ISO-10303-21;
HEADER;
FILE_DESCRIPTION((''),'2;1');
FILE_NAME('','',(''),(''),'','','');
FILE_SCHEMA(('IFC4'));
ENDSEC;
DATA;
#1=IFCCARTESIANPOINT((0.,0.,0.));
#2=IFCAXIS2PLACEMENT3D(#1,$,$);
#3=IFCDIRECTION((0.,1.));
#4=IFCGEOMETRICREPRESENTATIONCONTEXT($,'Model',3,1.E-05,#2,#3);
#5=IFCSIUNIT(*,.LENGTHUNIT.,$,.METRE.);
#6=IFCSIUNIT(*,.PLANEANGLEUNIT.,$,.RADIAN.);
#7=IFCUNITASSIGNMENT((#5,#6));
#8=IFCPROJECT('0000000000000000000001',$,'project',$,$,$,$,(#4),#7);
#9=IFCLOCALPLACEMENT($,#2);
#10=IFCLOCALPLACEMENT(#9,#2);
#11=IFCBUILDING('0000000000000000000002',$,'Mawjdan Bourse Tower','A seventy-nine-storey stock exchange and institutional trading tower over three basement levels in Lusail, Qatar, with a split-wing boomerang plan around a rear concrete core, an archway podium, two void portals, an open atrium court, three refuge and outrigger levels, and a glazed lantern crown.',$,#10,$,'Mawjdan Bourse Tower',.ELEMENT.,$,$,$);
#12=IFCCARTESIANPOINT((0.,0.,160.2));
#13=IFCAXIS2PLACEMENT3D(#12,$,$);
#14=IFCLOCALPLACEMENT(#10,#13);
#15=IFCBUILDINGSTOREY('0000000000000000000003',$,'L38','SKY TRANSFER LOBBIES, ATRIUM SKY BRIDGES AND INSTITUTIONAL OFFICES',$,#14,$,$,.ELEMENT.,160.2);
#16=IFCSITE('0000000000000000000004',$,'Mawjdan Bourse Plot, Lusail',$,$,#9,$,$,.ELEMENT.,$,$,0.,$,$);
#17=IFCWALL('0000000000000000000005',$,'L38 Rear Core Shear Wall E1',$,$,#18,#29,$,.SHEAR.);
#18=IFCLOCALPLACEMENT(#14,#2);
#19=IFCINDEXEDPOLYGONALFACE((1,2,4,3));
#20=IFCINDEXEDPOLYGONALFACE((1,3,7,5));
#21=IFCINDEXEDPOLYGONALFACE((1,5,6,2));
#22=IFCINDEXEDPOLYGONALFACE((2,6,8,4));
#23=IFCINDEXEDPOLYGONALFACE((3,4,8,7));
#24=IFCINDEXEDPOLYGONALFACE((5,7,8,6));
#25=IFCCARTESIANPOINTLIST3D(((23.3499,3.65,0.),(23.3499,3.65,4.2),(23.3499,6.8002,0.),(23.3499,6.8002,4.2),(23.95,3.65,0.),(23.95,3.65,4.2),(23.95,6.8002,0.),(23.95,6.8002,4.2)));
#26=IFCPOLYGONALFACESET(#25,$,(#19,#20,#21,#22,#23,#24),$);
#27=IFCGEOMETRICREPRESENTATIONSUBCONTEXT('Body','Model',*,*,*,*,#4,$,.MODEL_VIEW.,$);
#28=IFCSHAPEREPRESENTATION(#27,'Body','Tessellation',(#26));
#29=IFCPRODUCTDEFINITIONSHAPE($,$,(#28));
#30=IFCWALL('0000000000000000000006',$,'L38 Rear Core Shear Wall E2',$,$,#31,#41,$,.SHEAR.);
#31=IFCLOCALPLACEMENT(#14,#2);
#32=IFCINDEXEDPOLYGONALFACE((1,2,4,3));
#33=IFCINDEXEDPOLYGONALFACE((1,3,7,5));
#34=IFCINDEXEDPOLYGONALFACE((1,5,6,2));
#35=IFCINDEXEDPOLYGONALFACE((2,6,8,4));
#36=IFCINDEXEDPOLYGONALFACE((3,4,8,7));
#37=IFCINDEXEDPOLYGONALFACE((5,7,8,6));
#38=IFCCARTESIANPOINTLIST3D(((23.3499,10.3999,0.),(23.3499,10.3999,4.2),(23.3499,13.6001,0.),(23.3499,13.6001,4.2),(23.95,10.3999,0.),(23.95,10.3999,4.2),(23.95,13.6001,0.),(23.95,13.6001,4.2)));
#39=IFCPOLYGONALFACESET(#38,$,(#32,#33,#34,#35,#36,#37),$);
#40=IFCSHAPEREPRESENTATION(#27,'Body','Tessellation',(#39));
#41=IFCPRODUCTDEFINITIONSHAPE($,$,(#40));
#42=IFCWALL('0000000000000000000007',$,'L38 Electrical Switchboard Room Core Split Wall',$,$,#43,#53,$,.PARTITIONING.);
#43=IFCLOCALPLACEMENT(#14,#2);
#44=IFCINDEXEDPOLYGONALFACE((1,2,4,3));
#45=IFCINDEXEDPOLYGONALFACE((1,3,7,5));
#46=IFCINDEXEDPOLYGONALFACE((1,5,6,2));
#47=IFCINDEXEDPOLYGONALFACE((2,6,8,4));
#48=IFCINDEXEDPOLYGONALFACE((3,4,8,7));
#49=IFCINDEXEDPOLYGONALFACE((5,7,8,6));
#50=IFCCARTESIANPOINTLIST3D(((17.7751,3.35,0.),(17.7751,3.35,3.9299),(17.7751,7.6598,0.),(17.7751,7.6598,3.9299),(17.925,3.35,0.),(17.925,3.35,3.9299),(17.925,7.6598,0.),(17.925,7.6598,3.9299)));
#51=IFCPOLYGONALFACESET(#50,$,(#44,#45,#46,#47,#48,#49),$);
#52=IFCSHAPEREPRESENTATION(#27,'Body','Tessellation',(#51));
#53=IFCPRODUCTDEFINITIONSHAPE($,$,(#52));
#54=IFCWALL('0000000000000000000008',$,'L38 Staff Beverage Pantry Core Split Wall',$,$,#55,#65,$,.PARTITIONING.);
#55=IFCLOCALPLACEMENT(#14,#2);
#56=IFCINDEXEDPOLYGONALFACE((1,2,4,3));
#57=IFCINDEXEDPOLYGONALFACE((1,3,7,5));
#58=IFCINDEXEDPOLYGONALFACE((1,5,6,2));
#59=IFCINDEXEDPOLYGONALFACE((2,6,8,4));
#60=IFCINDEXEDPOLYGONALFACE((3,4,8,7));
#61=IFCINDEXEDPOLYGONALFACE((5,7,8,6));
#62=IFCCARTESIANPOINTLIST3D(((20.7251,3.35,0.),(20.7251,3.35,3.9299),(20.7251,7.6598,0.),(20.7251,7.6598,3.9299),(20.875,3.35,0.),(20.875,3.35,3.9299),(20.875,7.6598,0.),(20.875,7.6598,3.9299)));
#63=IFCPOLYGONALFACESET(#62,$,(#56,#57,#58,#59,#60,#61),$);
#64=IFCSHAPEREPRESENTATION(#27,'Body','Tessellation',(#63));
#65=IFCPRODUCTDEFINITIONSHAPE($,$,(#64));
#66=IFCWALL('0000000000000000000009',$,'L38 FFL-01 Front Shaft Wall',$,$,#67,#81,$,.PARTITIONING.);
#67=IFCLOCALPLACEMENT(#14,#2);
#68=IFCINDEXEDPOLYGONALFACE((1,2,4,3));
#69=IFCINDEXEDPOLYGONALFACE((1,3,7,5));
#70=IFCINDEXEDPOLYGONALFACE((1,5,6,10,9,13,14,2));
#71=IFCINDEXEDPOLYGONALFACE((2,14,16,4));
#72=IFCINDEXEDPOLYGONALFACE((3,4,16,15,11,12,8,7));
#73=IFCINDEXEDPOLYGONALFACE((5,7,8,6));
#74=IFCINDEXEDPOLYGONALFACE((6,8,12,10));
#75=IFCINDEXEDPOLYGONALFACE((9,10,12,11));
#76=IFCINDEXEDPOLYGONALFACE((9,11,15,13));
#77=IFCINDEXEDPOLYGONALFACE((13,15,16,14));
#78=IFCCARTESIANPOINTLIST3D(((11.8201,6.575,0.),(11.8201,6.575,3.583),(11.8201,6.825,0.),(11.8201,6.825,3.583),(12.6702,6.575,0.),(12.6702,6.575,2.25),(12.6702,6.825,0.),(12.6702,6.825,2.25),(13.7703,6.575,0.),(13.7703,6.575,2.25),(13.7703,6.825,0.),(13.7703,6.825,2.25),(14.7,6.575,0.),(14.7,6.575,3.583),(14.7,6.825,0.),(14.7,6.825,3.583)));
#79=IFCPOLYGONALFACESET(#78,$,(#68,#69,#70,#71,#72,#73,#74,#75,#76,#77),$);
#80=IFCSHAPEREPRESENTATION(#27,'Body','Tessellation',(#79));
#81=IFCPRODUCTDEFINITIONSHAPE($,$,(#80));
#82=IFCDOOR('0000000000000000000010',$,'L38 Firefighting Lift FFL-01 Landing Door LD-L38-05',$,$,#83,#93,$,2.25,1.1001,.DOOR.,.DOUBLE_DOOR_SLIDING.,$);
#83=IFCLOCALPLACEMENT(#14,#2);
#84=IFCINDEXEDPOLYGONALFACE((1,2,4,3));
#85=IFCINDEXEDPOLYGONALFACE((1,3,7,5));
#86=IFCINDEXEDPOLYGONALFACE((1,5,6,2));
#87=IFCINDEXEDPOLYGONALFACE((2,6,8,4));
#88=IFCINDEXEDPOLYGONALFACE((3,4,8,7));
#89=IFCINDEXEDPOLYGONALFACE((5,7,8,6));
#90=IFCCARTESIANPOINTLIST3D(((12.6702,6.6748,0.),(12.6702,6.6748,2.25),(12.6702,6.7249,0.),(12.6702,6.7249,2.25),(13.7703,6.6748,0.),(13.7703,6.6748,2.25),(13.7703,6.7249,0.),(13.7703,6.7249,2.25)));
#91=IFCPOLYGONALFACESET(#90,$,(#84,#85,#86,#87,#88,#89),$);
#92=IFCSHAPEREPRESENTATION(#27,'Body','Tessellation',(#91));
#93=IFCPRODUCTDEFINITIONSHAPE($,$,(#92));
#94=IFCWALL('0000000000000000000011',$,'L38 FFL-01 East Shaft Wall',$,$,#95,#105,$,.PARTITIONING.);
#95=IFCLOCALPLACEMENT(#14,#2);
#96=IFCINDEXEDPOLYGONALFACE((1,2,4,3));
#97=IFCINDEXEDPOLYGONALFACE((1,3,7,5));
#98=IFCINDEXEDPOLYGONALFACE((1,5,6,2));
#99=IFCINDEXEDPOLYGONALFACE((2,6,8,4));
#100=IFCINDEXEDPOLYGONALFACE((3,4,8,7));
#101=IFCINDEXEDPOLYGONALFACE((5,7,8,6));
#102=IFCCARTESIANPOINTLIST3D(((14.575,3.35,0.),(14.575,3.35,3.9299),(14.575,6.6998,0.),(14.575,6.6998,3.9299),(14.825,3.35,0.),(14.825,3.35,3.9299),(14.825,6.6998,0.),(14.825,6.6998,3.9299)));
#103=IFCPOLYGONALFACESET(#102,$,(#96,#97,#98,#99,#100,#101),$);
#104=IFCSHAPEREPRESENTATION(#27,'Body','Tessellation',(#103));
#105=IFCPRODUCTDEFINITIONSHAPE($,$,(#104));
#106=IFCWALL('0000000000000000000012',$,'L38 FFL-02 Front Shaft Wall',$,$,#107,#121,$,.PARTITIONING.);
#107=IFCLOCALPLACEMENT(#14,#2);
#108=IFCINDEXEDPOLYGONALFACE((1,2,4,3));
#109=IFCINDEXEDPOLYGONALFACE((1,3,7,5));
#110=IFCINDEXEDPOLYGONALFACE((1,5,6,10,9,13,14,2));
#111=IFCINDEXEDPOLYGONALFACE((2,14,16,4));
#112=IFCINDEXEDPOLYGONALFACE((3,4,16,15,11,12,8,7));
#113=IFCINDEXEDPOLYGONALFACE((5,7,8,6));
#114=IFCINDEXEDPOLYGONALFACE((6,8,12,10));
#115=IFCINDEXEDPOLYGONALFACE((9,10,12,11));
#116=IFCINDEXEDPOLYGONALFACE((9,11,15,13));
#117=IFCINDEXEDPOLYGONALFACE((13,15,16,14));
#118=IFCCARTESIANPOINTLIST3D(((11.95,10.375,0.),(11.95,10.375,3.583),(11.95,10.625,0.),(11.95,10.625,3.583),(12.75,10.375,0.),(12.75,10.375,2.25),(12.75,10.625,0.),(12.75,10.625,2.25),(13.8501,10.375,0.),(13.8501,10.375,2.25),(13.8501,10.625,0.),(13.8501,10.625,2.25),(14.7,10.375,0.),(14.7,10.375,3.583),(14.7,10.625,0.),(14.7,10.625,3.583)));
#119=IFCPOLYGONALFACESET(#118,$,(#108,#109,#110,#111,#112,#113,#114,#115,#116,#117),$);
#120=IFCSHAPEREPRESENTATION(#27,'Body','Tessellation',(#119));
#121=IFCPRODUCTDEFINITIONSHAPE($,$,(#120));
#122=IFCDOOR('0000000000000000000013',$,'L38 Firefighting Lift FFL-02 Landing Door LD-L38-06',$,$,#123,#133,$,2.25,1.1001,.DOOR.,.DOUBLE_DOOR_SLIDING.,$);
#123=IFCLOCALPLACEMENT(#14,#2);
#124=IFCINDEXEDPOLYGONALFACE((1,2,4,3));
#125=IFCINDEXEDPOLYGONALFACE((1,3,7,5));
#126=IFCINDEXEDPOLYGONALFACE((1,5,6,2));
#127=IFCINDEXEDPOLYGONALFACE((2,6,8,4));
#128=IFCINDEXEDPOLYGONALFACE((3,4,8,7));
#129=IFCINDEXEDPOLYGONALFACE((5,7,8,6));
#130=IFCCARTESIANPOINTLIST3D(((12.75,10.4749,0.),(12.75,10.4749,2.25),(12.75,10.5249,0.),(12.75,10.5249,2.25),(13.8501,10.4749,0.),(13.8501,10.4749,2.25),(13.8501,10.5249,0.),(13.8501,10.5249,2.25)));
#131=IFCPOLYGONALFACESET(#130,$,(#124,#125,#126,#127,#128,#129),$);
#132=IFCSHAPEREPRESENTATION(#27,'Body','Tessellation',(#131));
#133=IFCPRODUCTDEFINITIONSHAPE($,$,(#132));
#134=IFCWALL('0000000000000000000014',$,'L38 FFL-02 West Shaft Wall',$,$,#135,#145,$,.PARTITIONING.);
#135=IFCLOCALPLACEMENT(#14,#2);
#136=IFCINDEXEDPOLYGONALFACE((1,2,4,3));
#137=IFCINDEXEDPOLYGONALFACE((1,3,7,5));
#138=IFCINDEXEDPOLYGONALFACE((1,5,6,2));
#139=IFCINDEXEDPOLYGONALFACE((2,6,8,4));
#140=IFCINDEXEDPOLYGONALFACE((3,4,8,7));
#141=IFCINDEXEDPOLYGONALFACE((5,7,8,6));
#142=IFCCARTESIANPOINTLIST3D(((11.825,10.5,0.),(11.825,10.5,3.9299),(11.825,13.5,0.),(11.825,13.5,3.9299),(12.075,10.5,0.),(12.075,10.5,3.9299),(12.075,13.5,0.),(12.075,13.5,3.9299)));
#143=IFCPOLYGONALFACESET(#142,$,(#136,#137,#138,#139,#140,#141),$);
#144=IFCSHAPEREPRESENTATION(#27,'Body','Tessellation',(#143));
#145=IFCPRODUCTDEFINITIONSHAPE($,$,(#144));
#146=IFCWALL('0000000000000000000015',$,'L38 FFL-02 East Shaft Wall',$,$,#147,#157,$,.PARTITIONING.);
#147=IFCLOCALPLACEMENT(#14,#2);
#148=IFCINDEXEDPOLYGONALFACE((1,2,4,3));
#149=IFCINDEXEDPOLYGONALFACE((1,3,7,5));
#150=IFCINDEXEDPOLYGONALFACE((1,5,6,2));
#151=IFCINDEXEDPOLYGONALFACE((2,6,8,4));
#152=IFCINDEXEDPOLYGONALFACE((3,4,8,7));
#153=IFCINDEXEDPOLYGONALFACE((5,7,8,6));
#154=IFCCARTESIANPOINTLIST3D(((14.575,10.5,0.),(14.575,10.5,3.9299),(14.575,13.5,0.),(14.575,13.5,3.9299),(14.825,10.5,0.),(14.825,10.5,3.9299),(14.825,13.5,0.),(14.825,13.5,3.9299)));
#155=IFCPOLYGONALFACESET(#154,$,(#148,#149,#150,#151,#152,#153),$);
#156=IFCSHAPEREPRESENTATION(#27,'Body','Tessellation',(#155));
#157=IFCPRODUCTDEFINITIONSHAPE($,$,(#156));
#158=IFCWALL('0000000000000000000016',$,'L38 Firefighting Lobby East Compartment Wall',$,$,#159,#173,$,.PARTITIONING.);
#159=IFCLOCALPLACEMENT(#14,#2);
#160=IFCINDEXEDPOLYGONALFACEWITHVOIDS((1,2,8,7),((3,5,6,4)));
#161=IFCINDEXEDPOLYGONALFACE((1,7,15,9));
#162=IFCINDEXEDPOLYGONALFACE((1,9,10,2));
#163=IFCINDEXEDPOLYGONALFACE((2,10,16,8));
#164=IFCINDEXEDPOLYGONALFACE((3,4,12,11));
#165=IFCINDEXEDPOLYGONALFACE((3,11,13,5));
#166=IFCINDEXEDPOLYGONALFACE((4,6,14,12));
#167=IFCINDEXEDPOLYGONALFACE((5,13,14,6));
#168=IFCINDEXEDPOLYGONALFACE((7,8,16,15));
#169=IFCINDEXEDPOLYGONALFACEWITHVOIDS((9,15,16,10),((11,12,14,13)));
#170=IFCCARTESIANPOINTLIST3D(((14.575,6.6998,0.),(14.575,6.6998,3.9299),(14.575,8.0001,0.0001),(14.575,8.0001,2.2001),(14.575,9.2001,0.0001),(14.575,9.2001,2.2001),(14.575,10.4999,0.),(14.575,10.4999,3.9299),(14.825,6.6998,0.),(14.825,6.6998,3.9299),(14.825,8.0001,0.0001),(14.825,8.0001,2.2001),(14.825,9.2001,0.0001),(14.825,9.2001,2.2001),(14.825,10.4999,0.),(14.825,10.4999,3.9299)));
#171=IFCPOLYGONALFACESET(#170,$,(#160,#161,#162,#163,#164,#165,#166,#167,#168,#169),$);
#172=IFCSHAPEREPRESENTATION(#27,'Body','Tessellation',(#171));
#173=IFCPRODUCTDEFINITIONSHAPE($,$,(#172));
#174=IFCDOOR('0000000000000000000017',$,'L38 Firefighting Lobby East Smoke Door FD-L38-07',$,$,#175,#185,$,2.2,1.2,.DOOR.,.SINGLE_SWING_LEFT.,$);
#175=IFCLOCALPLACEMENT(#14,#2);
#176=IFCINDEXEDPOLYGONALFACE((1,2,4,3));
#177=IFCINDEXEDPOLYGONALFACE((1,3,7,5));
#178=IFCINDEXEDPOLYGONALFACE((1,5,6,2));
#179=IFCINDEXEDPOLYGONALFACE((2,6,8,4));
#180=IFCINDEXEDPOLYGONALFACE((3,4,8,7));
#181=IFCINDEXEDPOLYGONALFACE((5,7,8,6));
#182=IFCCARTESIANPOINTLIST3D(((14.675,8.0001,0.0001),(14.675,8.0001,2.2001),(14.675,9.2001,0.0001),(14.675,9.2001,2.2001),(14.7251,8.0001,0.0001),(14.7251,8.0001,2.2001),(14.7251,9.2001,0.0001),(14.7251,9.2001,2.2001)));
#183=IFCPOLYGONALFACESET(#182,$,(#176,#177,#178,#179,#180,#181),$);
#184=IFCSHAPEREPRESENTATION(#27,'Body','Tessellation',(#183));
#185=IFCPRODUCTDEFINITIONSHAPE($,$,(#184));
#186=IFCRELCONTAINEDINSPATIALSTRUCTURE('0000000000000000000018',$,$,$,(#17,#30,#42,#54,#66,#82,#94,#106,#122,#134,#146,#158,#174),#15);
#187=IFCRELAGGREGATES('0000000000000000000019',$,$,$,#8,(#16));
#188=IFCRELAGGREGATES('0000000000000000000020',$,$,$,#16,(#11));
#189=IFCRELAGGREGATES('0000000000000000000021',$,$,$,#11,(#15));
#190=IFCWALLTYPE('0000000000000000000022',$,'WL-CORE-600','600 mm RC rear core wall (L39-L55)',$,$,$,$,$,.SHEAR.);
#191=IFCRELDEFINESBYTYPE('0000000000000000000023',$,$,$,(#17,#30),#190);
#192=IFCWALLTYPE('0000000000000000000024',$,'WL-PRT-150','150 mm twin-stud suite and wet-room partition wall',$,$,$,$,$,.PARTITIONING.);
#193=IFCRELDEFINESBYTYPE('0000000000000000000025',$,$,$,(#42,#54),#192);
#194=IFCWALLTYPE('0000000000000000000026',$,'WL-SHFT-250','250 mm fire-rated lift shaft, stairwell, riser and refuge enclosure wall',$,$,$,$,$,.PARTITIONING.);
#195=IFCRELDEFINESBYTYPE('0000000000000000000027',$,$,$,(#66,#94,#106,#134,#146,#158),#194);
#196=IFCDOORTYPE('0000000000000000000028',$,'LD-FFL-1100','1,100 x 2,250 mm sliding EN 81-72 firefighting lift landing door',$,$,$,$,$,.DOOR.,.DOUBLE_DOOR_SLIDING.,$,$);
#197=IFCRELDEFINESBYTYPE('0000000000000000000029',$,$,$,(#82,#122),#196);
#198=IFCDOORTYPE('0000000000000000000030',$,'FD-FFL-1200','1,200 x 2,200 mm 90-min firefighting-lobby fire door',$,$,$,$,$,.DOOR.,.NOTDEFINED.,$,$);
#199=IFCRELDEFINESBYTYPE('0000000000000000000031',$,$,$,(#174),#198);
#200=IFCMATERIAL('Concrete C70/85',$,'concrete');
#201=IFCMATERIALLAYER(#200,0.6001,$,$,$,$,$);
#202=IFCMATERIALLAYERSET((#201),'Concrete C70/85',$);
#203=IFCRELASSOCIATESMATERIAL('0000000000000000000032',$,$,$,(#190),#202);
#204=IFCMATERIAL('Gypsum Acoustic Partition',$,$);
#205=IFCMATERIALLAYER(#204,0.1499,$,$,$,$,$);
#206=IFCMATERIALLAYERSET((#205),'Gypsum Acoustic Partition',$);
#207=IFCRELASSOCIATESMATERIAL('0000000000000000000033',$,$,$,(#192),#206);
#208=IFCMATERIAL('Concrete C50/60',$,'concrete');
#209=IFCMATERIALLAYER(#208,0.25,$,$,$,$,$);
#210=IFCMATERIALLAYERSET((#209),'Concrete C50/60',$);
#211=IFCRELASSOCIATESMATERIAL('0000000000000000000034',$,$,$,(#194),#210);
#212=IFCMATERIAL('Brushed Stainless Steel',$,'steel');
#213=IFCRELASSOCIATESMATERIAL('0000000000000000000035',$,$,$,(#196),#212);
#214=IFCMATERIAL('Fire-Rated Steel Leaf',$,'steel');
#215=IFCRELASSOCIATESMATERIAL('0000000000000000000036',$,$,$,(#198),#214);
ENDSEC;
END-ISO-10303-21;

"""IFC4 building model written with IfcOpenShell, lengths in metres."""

from ifc_helpers import new_model, si_unit, direction, frame, frame_2d, origin, place, context, subcontext, project, spatial, rectangle, extrude, material, layer, layer_set, type_object, element, fill, save


model = new_model("IFC4")

# Units and contexts
model_context = context("Model", 3, precision=1e-05, world=origin(), true_north=direction((0.0, 1.0)))
body_context = subcontext(model_context, "Body", "Model", "MODEL_VIEW")
ifc_project = project(units=[si_unit("LENGTHUNIT", "METRE"), si_unit("PLANEANGLEUNIT", "RADIAN")], contexts=[model_context])

# Site, building, storey
site_placement = place(None, origin())
site = spatial("IfcSite", under=ifc_project, at=site_placement, Name="Mawjdan Bourse Plot, Lusail", CompositionType="ELEMENT", RefElevation=0.0)
building_placement = place(site_placement, origin())
building = spatial("IfcBuilding", under=site, at=building_placement, Name="Mawjdan Bourse Tower", Description="A seventy-nine-storey stock exchange and institutional trading tower over three basement levels in Lusail, Qatar, with a split-wing boomerang plan around a rear concrete core, an archway podium, two void portals, an open atrium court, three refuge and outrigger levels, and a glazed lantern crown.", LongName="Mawjdan Bourse Tower", CompositionType="ELEMENT")
storey_placement = place(building_placement, frame((0.0, 0.0, 160.2)))
storey = spatial("IfcBuildingStorey", under=building, at=storey_placement, Name="L38", Description="SKY TRANSFER LOBBIES, ATRIUM SKY BRIDGES AND INSTITUTIONAL OFFICES", CompositionType="ELEMENT", Elevation=160.2)

# Shared definitions
ifc_material_1 = material(Name="Concrete C70/85", Category="concrete")

# Walls
ifc_layer_1 = layer(ifc_material_1, 0.6001)
ifc_layer_set_1 = layer_set([ifc_layer_1], Name="Concrete C70/85")
wall_type_1 = type_object("IfcWallType", Name="WL-CORE-600", Description="600 mm RC rear core wall (L39-L55)", PredefinedType="SHEAR", material=ifc_layer_set_1)
wall_1_placement = place(storey_placement, frame((23.6499, 3.6499, 0.0), z_axis=(0.0, 0.0, 1.0), x_axis=(0.0, 1.0, 0.0)))
element("IfcWall", 1, at=wall_1_placement, inside=storey, type_object=wall_type_1, Name="L38 Rear Core Shear Wall E1", PredefinedType="SHEAR", context=body_context, shape_type="SweptSolid", body=[
    extrude(rectangle(XDim=3.1501, YDim=0.6001, at=frame_2d((1.5752, 0.0))), origin(), (0.0, 0.0, 1.0), 4.2),
])
wall_2_placement = place(storey_placement, frame((23.6499, 10.3999, 0.0), z_axis=(0.0, 0.0, 1.0), x_axis=(0.0, 1.0, 0.0)))
element("IfcWall", 2, at=wall_2_placement, inside=storey, type_object=wall_type_1, Name="L38 Rear Core Shear Wall E2", PredefinedType="SHEAR", context=body_context, shape_type="SweptSolid", body=[
    extrude(rectangle(XDim=3.2002, YDim=0.6001, at=frame_2d((1.6001, 0.0))), origin(), (0.0, 0.0, 1.0), 4.2),
])
ifc_material_2 = material(Name="Gypsum Acoustic Partition")
ifc_layer_2 = layer(ifc_material_2, 0.1499)
ifc_layer_set_2 = layer_set([ifc_layer_2], Name="Gypsum Acoustic Partition")
wall_type_2 = type_object("IfcWallType", Name="WL-PRT-150", Description="150 mm twin-stud suite and wet-room partition wall", PredefinedType="PARTITIONING", material=ifc_layer_set_2)
for number, where, z_axis, x_axis, name in (
    (3, (17.8501, 3.3501, 0.0), (0.0, 0.0, 1.0), (0.0, 1.0, 0.0), "L38 Electrical Switchboard Room Core Split Wall"),
    (4, (20.8, 3.3501, 0.0), (0.0, 0.0, 1.0), (0.0, 1.0, 0.0), "L38 Staff Beverage Pantry Core Split Wall"),
):
    element("IfcWall", number, at=place(storey_placement, frame(where, z_axis=z_axis, x_axis=x_axis)), inside=storey, type_object=wall_type_2, Name=name, PredefinedType="PARTITIONING", context=body_context, shape_type="SweptSolid", body=[
        extrude(rectangle(XDim=4.3098, YDim=0.1499, at=frame_2d((2.1548, 0.0))), origin(), (0.0, 0.0, 1.0), 3.9299),
    ])

# Wall, opening, door
ifc_material_3 = material(Name="Concrete C50/60", Category="concrete")
ifc_layer_3 = layer(ifc_material_3, 0.25)
ifc_layer_set_3 = layer_set([ifc_layer_3], Name="Concrete C50/60")
wall_type_3 = type_object("IfcWallType", Name="WL-SHFT-250", Description="250 mm fire-rated lift shaft, stairwell, riser and refuge enclosure wall", PredefinedType="PARTITIONING", material=ifc_layer_set_3)
wall_3_placement = place(storey_placement, frame((11.8201, 6.7, 0.0), z_axis=(0.0, 0.0, 1.0), x_axis=(1.0, 0.0, 0.0)))
wall_3 = element("IfcWall", 5, at=wall_3_placement, inside=storey, type_object=wall_type_3, Name="L38 FFL-01 Front Shaft Wall", PredefinedType="PARTITIONING", context=body_context, shape_type="SweptSolid", body=[
    extrude(rectangle(XDim=2.8799, YDim=0.25, at=frame_2d((1.4399, 0.0))), origin(), (0.0, 0.0, 1.0), 3.583),
])
opening_1_placement = place(wall_3_placement, frame((0.8501, 0.0, 0.0)))
opening_1 = element("IfcOpeningElement", 6, at=opening_1_placement, cuts=wall_3, PredefinedType="OPENING", context=body_context, shape_type="SweptSolid", body=[
    extrude(rectangle(XDim=1.1001, YDim=2.25, at=frame_2d((0.55, 1.125))), frame((0.0, 0.135, 0.0), z_axis=(0.0, -1.0, 0.0), x_axis=(1.0, 0.0, 0.0)), (0.0, 0.0, 1.0), 0.27),
])
ifc_material_4 = material(Name="Brushed Stainless Steel", Category="steel")
door_type_1 = type_object("IfcDoorType", Name="LD-FFL-1100", Description="1,100 x 2,250 mm sliding EN 81-72 firefighting lift landing door", OperationType="DOUBLE_DOOR_SLIDING", PredefinedType="DOOR", material=ifc_material_4)
door_1_placement = place(opening_1_placement, origin())
door_1 = element("IfcDoor", 7, at=door_1_placement, inside=storey, type_object=door_type_1, Name="L38 Firefighting Lift FFL-01 Landing Door LD-L38-05", OperationType="DOUBLE_DOOR_SLIDING", OverallHeight=2.25, OverallWidth=1.1001, PredefinedType="DOOR", context=body_context, shape_type="SweptSolid", body=[
    extrude(rectangle(XDim=1.1001, YDim=2.25, at=frame_2d((0.55, 1.125))), frame((0.0, 0.0249, 0.0), z_axis=(0.0, -1.0, 0.0), x_axis=(1.0, 0.0, 0.0)), (0.0, 0.0, 1.0), 0.05),
])
fill(opening_1, door_1)

# Wall
wall_4_placement = place(storey_placement, frame((14.7, 3.3501, 0.0), z_axis=(0.0, 0.0, 1.0), x_axis=(0.0, 1.0, 0.0)))
element("IfcWall", 8, at=wall_4_placement, inside=storey, type_object=wall_type_3, Name="L38 FFL-01 East Shaft Wall", PredefinedType="PARTITIONING", context=body_context, shape_type="SweptSolid", body=[
    extrude(rectangle(XDim=3.3499, YDim=0.25, at=frame_2d((1.6748, 0.0))), origin(), (0.0, 0.0, 1.0), 3.9299),
])

# Wall, opening, door
wall_5_placement = place(storey_placement, frame((11.95, 10.5, 0.0), z_axis=(0.0, 0.0, 1.0), x_axis=(1.0, 0.0, 0.0)))
wall_5 = element("IfcWall", 9, at=wall_5_placement, inside=storey, type_object=wall_type_3, Name="L38 FFL-02 Front Shaft Wall", PredefinedType="PARTITIONING", context=body_context, shape_type="SweptSolid", body=[
    extrude(rectangle(XDim=2.75, YDim=0.25, at=frame_2d((1.375, 0.0))), origin(), (0.0, 0.0, 1.0), 3.583),
])
opening_2_placement = place(wall_5_placement, frame((0.8, 0.0, 0.0)))
opening_2 = element("IfcOpeningElement", 10, at=opening_2_placement, cuts=wall_5, PredefinedType="OPENING", context=body_context, shape_type="SweptSolid", body=[
    extrude(rectangle(XDim=1.1001, YDim=2.25, at=frame_2d((0.55, 1.125))), frame((0.0, 0.135, 0.0), z_axis=(0.0, -1.0, 0.0), x_axis=(1.0, 0.0, 0.0)), (0.0, 0.0, 1.0), 0.27),
])
door_2_placement = place(opening_2_placement, origin())
door_2 = element("IfcDoor", 11, at=door_2_placement, inside=storey, type_object=door_type_1, Name="L38 Firefighting Lift FFL-02 Landing Door LD-L38-06", OperationType="DOUBLE_DOOR_SLIDING", OverallHeight=2.25, OverallWidth=1.1001, PredefinedType="DOOR", context=body_context, shape_type="SweptSolid", body=[
    extrude(rectangle(XDim=1.1001, YDim=2.25, at=frame_2d((0.55, 1.125))), frame((0.0, 0.0249, 0.0), z_axis=(0.0, -1.0, 0.0), x_axis=(1.0, 0.0, 0.0)), (0.0, 0.0, 1.0), 0.05),
])
fill(opening_2, door_2)

# Walls
for number, where, z_axis, x_axis, name in (
    (12, (11.95, 10.5, 0.0), (0.0, 0.0, 1.0), (0.0, 1.0, 0.0), "L38 FFL-02 West Shaft Wall"),
    (13, (14.7, 10.5, 0.0), (0.0, 0.0, 1.0), (0.0, 1.0, 0.0), "L38 FFL-02 East Shaft Wall"),
):
    element("IfcWall", number, at=place(storey_placement, frame(where, z_axis=z_axis, x_axis=x_axis)), inside=storey, type_object=wall_type_3, Name=name, PredefinedType="PARTITIONING", context=body_context, shape_type="SweptSolid", body=[
        extrude(rectangle(XDim=3.0, YDim=0.25, at=frame_2d((1.5, 0.0))), origin(), (0.0, 0.0, 1.0), 3.9299),
    ])

# Wall, opening, door
wall_6_placement = place(storey_placement, frame((14.7, 6.7, 0.0), z_axis=(0.0, 0.0, 1.0), x_axis=(0.0, 1.0, 0.0)))
wall_6 = element("IfcWall", 14, at=wall_6_placement, inside=storey, type_object=wall_type_3, Name="L38 Firefighting Lobby East Compartment Wall", PredefinedType="PARTITIONING", context=body_context, shape_type="SweptSolid", body=[
    extrude(rectangle(XDim=3.8, YDim=0.25, at=frame_2d((1.8999, 0.0))), origin(), (0.0, 0.0, 1.0), 3.9299),
])
opening_3_placement = place(wall_6_placement, frame((1.3, 0.0, 0.0)))
opening_3 = element("IfcOpeningElement", 15, at=opening_3_placement, cuts=wall_6, PredefinedType="OPENING", context=body_context, shape_type="SweptSolid", body=[
    extrude(rectangle(XDim=1.2, YDim=2.2, at=frame_2d((0.6001, 1.1001))), frame((0.0, 0.135, 0.0), z_axis=(0.0, -1.0, 0.0), x_axis=(1.0, 0.0, 0.0)), (0.0, 0.0, 1.0), 0.27),
])
ifc_material_5 = material(Name="Fire-Rated Steel Leaf", Category="steel")
door_type_2 = type_object("IfcDoorType", Name="FD-FFL-1200", Description="1,200 x 2,200 mm 90-min firefighting-lobby fire door", OperationType="NOTDEFINED", PredefinedType="DOOR", material=ifc_material_5)
door_3_placement = place(opening_3_placement, origin())
door_3 = element("IfcDoor", 16, at=door_3_placement, inside=storey, type_object=door_type_2, Name="L38 Firefighting Lobby East Smoke Door FD-L38-07", OperationType="SINGLE_SWING_LEFT", OverallHeight=2.2, OverallWidth=1.2, PredefinedType="DOOR", context=body_context, shape_type="SweptSolid", body=[
    extrude(rectangle(XDim=1.2, YDim=2.2, at=frame_2d((0.6001, 1.1001))), frame((0.0, 0.0249, 0.0), z_axis=(0.0, -1.0, 0.0), x_axis=(1.0, 0.0, 0.0)), (0.0, 0.0, 1.0), 0.05),
])
fill(opening_3, door_3)

save(model, "model.ifc")
